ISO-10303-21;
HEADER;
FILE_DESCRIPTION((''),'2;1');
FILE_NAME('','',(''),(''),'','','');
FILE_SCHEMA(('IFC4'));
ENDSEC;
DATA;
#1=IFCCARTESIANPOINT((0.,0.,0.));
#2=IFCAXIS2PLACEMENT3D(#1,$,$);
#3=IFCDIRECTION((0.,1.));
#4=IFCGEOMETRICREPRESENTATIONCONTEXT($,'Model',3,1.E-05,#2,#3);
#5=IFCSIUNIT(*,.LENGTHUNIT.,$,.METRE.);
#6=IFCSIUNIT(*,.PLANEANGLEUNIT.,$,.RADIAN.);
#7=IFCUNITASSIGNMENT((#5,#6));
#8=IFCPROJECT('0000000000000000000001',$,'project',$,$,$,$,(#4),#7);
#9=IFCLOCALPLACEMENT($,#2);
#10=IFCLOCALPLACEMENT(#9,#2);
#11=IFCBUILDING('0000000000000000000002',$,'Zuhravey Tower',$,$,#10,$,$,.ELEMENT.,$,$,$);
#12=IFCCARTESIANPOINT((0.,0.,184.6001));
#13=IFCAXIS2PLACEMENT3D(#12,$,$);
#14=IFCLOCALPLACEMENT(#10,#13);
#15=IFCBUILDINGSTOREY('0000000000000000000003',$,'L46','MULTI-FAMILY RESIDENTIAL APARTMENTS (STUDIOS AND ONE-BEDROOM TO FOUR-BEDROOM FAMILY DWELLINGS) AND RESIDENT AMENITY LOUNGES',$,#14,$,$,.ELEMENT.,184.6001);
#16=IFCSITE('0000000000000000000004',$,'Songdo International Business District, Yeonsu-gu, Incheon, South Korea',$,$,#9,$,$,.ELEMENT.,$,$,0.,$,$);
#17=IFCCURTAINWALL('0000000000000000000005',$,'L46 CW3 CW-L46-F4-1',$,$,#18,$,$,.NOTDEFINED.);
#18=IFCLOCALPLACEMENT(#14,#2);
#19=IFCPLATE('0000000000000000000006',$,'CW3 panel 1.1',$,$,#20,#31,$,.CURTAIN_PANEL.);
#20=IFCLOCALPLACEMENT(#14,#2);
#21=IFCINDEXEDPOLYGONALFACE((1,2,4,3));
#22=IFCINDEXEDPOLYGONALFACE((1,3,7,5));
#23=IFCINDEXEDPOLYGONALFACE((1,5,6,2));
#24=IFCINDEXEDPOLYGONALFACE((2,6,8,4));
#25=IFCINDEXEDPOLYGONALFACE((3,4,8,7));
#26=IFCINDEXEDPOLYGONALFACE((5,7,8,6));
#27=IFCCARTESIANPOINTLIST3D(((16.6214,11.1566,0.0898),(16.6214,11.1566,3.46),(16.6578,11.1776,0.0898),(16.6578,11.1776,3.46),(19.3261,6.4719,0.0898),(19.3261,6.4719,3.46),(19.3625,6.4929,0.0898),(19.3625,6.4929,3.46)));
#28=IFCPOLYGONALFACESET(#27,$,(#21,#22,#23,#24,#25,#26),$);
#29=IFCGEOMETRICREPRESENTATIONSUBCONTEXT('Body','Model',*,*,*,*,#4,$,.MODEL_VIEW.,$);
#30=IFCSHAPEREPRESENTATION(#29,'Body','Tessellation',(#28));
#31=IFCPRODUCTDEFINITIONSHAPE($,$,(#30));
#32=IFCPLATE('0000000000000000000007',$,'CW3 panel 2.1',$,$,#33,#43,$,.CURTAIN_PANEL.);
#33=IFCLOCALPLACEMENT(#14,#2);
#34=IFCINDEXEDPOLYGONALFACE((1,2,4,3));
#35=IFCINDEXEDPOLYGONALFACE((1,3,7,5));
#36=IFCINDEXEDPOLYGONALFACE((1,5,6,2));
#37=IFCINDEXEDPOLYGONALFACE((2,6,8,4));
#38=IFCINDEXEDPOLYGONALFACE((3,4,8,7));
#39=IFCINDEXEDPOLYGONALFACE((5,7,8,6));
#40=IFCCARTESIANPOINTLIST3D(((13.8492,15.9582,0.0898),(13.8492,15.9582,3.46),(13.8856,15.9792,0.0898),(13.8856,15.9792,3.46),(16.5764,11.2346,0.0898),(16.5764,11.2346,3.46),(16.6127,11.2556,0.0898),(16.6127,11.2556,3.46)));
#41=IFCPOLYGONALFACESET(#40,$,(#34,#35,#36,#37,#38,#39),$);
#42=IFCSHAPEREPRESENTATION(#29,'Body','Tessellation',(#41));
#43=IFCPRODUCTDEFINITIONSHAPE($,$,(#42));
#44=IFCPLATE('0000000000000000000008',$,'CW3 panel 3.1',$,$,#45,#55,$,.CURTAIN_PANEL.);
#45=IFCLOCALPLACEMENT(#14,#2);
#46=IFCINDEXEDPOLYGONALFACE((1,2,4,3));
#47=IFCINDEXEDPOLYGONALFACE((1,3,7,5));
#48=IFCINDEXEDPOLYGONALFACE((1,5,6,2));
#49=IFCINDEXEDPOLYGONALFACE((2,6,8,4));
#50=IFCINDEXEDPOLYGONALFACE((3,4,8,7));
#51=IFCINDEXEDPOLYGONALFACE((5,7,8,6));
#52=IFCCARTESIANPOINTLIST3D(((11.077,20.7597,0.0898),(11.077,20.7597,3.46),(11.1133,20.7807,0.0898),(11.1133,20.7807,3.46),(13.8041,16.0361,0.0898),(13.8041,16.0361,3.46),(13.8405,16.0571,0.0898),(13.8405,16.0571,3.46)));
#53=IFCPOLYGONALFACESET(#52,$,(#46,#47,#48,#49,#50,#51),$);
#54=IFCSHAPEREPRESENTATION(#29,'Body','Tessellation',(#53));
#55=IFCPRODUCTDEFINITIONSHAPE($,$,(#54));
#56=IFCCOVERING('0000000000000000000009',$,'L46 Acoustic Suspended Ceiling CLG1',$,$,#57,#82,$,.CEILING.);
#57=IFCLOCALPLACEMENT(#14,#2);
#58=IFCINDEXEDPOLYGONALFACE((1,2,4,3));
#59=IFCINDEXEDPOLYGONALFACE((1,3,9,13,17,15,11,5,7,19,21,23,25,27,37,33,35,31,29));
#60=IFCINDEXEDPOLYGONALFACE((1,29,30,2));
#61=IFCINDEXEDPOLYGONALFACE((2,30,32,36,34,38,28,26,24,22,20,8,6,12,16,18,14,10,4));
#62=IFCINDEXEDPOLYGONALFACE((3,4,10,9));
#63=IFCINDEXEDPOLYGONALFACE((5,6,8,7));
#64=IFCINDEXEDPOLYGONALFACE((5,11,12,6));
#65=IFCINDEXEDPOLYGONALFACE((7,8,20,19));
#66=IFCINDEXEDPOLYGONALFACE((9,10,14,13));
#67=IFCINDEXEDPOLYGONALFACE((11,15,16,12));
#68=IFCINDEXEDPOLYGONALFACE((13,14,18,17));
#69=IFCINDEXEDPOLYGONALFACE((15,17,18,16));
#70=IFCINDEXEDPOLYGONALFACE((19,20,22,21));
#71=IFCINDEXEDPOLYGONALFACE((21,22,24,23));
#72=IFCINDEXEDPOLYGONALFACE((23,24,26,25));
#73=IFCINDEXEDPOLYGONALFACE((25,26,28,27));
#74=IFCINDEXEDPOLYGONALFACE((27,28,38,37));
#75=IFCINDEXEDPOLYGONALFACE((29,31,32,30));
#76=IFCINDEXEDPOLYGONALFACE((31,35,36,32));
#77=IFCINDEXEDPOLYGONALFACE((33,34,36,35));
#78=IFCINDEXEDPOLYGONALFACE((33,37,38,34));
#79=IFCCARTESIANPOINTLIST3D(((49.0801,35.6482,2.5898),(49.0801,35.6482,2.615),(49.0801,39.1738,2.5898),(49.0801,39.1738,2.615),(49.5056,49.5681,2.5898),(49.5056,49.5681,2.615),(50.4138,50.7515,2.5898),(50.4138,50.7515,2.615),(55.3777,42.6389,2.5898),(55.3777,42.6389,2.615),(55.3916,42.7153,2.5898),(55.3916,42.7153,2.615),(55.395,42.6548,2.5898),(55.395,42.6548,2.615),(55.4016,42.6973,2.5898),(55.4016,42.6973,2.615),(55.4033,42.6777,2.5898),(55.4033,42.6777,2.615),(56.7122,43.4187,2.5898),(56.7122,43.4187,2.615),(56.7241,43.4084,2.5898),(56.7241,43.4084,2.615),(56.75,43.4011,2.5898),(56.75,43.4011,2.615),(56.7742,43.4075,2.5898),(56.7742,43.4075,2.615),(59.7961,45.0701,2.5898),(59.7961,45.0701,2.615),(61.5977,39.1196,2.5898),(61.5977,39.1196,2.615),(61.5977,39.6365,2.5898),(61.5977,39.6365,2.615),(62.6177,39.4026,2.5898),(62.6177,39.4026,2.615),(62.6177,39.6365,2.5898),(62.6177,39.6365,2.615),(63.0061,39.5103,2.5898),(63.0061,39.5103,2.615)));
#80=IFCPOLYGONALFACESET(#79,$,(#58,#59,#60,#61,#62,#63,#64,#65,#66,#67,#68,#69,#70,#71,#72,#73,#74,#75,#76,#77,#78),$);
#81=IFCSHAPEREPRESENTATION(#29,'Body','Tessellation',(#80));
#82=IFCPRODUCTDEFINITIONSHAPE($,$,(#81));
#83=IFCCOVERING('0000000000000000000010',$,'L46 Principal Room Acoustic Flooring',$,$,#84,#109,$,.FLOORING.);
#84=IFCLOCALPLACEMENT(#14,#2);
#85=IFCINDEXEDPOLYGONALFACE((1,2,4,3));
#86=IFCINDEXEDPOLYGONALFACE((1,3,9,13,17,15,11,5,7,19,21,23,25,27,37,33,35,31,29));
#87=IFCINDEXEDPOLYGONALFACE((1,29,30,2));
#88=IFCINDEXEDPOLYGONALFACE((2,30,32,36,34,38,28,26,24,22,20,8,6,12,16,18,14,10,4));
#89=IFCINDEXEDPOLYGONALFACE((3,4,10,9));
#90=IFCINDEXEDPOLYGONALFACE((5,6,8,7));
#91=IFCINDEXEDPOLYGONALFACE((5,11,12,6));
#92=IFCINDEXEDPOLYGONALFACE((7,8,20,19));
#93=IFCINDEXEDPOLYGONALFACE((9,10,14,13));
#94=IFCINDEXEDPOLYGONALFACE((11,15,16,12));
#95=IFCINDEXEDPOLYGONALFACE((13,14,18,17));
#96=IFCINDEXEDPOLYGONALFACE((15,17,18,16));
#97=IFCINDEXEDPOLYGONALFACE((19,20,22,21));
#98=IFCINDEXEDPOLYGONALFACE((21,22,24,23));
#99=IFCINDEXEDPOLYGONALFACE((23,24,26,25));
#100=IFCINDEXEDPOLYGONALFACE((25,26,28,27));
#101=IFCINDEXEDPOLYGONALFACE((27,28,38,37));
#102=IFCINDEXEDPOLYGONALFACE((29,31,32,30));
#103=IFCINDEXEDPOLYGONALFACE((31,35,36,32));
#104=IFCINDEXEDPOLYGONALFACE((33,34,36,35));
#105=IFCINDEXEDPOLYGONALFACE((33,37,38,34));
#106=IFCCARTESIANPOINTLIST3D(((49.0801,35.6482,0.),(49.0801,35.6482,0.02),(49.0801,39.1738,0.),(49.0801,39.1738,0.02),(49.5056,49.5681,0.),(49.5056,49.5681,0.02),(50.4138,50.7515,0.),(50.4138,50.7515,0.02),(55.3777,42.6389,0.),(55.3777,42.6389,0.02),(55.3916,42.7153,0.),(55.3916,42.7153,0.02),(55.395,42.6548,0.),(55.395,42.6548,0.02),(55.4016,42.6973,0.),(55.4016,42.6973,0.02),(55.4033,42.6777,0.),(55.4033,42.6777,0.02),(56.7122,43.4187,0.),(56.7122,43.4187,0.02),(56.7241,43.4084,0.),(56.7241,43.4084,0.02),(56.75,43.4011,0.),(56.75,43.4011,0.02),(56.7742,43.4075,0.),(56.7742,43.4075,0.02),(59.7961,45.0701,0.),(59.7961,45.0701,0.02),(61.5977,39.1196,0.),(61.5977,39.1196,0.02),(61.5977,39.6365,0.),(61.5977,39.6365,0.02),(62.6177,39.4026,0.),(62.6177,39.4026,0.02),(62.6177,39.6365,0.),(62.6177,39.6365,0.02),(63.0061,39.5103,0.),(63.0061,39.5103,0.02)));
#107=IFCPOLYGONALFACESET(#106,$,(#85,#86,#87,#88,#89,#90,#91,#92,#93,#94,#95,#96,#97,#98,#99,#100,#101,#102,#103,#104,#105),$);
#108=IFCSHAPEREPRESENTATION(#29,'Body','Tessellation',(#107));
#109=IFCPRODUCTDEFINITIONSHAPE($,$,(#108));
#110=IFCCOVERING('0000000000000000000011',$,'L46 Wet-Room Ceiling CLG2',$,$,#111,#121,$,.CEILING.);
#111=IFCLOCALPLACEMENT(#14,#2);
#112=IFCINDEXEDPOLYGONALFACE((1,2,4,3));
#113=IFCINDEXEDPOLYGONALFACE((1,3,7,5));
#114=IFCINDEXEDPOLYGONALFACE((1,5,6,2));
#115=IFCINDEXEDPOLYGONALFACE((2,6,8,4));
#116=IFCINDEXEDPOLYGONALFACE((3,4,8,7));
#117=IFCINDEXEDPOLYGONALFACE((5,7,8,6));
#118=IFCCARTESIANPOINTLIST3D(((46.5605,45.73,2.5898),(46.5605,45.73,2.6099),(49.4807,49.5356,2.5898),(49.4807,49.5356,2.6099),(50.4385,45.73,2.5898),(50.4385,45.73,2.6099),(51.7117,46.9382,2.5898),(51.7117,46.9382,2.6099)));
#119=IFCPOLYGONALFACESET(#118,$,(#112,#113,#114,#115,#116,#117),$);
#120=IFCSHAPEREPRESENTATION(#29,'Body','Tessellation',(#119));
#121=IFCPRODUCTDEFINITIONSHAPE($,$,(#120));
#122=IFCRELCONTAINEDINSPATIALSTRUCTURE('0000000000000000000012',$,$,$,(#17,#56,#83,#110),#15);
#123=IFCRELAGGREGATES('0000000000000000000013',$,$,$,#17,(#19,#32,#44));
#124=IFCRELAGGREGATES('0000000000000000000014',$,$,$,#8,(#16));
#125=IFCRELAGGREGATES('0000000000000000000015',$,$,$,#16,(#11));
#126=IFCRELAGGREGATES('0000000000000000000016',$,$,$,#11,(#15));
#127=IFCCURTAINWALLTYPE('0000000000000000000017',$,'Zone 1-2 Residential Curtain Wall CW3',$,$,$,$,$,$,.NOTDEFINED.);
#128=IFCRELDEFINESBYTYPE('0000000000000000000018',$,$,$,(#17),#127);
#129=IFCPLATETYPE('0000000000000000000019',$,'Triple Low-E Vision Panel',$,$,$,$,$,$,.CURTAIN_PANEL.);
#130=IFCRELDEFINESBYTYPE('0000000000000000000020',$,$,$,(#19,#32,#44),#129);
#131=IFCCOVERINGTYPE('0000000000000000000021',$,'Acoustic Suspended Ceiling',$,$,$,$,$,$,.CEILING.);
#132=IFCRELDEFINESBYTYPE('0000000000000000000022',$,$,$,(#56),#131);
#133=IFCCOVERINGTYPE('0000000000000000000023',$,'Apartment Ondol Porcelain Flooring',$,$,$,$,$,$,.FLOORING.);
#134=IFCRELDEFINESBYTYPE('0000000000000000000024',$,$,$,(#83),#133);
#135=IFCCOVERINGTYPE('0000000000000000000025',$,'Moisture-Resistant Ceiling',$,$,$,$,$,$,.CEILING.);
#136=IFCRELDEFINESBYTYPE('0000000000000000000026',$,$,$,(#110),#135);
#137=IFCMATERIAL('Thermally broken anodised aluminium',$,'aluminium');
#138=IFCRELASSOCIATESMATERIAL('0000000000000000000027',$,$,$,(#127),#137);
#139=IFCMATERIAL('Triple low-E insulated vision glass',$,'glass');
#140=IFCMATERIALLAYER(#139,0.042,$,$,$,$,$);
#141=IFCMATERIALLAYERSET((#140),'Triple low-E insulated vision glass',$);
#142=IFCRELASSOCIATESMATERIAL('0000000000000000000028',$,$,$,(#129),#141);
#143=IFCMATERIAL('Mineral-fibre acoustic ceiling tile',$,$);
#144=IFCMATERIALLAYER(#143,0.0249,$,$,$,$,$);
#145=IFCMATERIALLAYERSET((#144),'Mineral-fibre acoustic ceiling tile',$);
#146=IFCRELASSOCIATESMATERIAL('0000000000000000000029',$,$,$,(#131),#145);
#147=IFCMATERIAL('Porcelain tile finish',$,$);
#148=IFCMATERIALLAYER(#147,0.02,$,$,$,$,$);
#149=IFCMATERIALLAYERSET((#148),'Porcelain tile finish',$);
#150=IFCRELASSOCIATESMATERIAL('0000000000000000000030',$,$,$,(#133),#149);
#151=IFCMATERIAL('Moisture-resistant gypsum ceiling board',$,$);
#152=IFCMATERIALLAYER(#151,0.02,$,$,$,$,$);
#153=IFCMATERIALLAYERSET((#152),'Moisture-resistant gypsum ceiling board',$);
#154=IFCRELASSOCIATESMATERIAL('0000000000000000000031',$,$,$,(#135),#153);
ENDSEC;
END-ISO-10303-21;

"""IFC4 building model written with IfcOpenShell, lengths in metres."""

from ifc_helpers import new_model, si_unit, direction, frame, origin, origin_2d, place, context, subcontext, project, spatial, polyline, rectangle, outline, extrude, material, layer, layer_set, type_object, element, aggregate, save


model = new_model("IFC4")

# Units and contexts
model_context = context("Model", 3, precision=1e-05, world=origin(), true_north=direction((0.0, 1.0)))
body_context = subcontext(model_context, "Body", "Model", "MODEL_VIEW")
ifc_project = project(units=[si_unit("LENGTHUNIT", "METRE"), si_unit("PLANEANGLEUNIT", "RADIAN")], contexts=[model_context])

# Site, building, storey
site_placement = place(None, origin())
site = spatial("IfcSite", under=ifc_project, at=site_placement, Name="Songdo International Business District, Yeonsu-gu, Incheon, South Korea", CompositionType="ELEMENT", RefElevation=0.0)
building_placement = place(site_placement, origin())
building = spatial("IfcBuilding", under=site, at=building_placement, Name="Zuhravey Tower", CompositionType="ELEMENT")
storey_placement = place(building_placement, frame((0.0, 0.0, 184.6001)))
storey = spatial("IfcBuildingStorey", under=building, at=storey_placement, Name="L46", Description="MULTI-FAMILY RESIDENTIAL APARTMENTS (STUDIOS AND ONE-BEDROOM TO FOUR-BEDROOM FAMILY DWELLINGS) AND RESIDENT AMENITY LOUNGES", CompositionType="ELEMENT", Elevation=184.6001)

# Curtain wall
ifc_material_1 = material(Name="Thermally broken anodised aluminium", Category="aluminium")
curtain_wall_type = type_object("IfcCurtainWallType", Name="Zone 1-2 Residential Curtain Wall CW3", PredefinedType="NOTDEFINED", material=ifc_material_1)
curtain_wall_placement = place(storey_placement, origin())
curtain_wall = element("IfcCurtainWall", 1, at=curtain_wall_placement, inside=storey, type_object=curtain_wall_type, Name="L46 CW3 CW-L46-F4-1", PredefinedType="NOTDEFINED")

# Plates
ifc_material_2 = material(Name="Triple low-E insulated vision glass", Category="glass")
ifc_layer_1 = layer(ifc_material_2, 0.042)
ifc_layer_set_1 = layer_set([ifc_layer_1], Name="Triple low-E insulated vision glass")
plate_type_1 = type_object("IfcPlateType", Name="Triple Low-E Vision Panel", PredefinedType="CURTAIN_PANEL", material=ifc_layer_set_1)
plate_1_placement = place(storey_placement, frame((17.9919, 8.8247, 0.0898), z_axis=(0.0, 0.0, 1.0), x_axis=(-0.5, 0.866025, 0.0)))
plate_1 = element("IfcPlate", 2, at=plate_1_placement, type_object=plate_type_1, Name="CW3 panel 1.1", PredefinedType="CURTAIN_PANEL", context=body_context, shape_type="SweptSolid", body=[
    extrude(rectangle(XDim=5.4094, YDim=0.042, at=origin_2d()), origin(), (0.0, 0.0, 1.0), 3.3701),
])
plate_2_placement = place(storey_placement, frame((15.231, 13.6069, 0.0898), z_axis=(0.0, 0.0, 1.0), x_axis=(-0.5, 0.866025, 0.0)))
plate_2 = element("IfcPlate", 3, at=plate_2_placement, type_object=plate_type_1, Name="CW3 panel 2.1", PredefinedType="CURTAIN_PANEL", context=body_context, shape_type="SweptSolid", body=[
    extrude(rectangle(XDim=5.4543, YDim=0.042, at=origin_2d()), origin(), (0.0, 0.0, 1.0), 3.3701),
])
plate_3_placement = place(storey_placement, frame((12.4587, 18.4084, 0.0898), z_axis=(0.0, 0.0, 1.0), x_axis=(-0.5, 0.866025, 0.0)))
plate_3 = element("IfcPlate", 4, at=plate_3_placement, type_object=plate_type_1, Name="CW3 panel 3.1", PredefinedType="CURTAIN_PANEL", context=body_context, shape_type="SweptSolid", body=[
    extrude(rectangle(XDim=5.4543, YDim=0.042, at=origin_2d()), origin(), (0.0, 0.0, 1.0), 3.3701),
])
aggregate(curtain_wall, [plate_1, plate_2, plate_3])

# Coverings
ifc_material_3 = material(Name="Mineral-fibre acoustic ceiling tile")
ifc_layer_2 = layer(ifc_material_3, 0.0249)
ifc_layer_set_2 = layer_set([ifc_layer_2], Name="Mineral-fibre acoustic ceiling tile")
covering_type_1 = type_object("IfcCoveringType", Name="Acoustic Suspended Ceiling", PredefinedType="CEILING", material=ifc_layer_set_2)
covering_1_placement = place(storey_placement, frame((0.0, 0.0, 2.5898)))
element("IfcCovering", 5, at=covering_1_placement, inside=storey, type_object=covering_type_1, Name="L46 Acoustic Suspended Ceiling CLG1", PredefinedType="CEILING", context=body_context, shape_type="SweptSolid", body=[
    extrude(outline(polyline([(49.0801, 39.1738), (55.3777, 42.6389), (55.395, 42.6548), (55.4033, 42.6777), (55.4016, 42.6973), (55.3916, 42.7153), (49.5056, 49.5681), (50.4138, 50.7515), (56.7122, 43.4187), (56.7241, 43.4084), (56.75, 43.4011), (56.7742, 43.4075), (59.7961, 45.0701), (63.0061, 39.5103), (62.6177, 39.4026), (62.6177, 39.6365), (61.5977, 39.6365), (61.5977, 39.1196), (49.0801, 35.6482), (49.0801, 39.1738)])), origin(), (0.0, 0.0, 1.0), 0.0251),
])
ifc_material_4 = material(Name="Porcelain tile finish")
ifc_layer_3 = layer(ifc_material_4, 0.02)
ifc_layer_set_3 = layer_set([ifc_layer_3], Name="Porcelain tile finish")
covering_type_2 = type_object("IfcCoveringType", Name="Apartment Ondol Porcelain Flooring", PredefinedType="FLOORING", material=ifc_layer_set_3)
covering_2_placement = place(storey_placement, origin())
element("IfcCovering", 6, at=covering_2_placement, inside=storey, type_object=covering_type_2, Name="L46 Principal Room Acoustic Flooring", PredefinedType="FLOORING", context=body_context, shape_type="SweptSolid", body=[
    extrude(outline(polyline([(49.0801, 39.1738), (55.3777, 42.6389), (55.395, 42.6548), (55.4033, 42.6777), (55.4016, 42.6973), (55.3916, 42.7153), (49.5056, 49.5681), (50.4138, 50.7515), (56.7122, 43.4187), (56.7241, 43.4084), (56.75, 43.4011), (56.7742, 43.4075), (59.7961, 45.0701), (63.0061, 39.5103), (62.6177, 39.4026), (62.6177, 39.6365), (61.5977, 39.6365), (61.5977, 39.1196), (49.0801, 35.6482), (49.0801, 39.1738)])), origin(), (0.0, 0.0, 1.0), 0.02),
])
ifc_material_5 = material(Name="Moisture-resistant gypsum ceiling board")
ifc_layer_4 = layer(ifc_material_5, 0.02)
ifc_layer_set_4 = layer_set([ifc_layer_4], Name="Moisture-resistant gypsum ceiling board")
covering_type_3 = type_object("IfcCoveringType", Name="Moisture-Resistant Ceiling", PredefinedType="CEILING", material=ifc_layer_set_4)
covering_3_placement = place(storey_placement, frame((0.0, 0.0, 2.5898)))
element("IfcCovering", 7, at=covering_3_placement, inside=storey, type_object=covering_type_3, Name="L46 Wet-Room Ceiling CLG2", PredefinedType="CEILING", context=body_context, shape_type="SweptSolid", body=[
    extrude(outline(polyline([(46.5605, 45.73), (49.4807, 49.5356), (51.7117, 46.9382), (50.4385, 45.73), (46.5605, 45.73)])), origin(), (0.0, 0.0, 1.0), 0.02),
])

save(model, "model.ifc")
